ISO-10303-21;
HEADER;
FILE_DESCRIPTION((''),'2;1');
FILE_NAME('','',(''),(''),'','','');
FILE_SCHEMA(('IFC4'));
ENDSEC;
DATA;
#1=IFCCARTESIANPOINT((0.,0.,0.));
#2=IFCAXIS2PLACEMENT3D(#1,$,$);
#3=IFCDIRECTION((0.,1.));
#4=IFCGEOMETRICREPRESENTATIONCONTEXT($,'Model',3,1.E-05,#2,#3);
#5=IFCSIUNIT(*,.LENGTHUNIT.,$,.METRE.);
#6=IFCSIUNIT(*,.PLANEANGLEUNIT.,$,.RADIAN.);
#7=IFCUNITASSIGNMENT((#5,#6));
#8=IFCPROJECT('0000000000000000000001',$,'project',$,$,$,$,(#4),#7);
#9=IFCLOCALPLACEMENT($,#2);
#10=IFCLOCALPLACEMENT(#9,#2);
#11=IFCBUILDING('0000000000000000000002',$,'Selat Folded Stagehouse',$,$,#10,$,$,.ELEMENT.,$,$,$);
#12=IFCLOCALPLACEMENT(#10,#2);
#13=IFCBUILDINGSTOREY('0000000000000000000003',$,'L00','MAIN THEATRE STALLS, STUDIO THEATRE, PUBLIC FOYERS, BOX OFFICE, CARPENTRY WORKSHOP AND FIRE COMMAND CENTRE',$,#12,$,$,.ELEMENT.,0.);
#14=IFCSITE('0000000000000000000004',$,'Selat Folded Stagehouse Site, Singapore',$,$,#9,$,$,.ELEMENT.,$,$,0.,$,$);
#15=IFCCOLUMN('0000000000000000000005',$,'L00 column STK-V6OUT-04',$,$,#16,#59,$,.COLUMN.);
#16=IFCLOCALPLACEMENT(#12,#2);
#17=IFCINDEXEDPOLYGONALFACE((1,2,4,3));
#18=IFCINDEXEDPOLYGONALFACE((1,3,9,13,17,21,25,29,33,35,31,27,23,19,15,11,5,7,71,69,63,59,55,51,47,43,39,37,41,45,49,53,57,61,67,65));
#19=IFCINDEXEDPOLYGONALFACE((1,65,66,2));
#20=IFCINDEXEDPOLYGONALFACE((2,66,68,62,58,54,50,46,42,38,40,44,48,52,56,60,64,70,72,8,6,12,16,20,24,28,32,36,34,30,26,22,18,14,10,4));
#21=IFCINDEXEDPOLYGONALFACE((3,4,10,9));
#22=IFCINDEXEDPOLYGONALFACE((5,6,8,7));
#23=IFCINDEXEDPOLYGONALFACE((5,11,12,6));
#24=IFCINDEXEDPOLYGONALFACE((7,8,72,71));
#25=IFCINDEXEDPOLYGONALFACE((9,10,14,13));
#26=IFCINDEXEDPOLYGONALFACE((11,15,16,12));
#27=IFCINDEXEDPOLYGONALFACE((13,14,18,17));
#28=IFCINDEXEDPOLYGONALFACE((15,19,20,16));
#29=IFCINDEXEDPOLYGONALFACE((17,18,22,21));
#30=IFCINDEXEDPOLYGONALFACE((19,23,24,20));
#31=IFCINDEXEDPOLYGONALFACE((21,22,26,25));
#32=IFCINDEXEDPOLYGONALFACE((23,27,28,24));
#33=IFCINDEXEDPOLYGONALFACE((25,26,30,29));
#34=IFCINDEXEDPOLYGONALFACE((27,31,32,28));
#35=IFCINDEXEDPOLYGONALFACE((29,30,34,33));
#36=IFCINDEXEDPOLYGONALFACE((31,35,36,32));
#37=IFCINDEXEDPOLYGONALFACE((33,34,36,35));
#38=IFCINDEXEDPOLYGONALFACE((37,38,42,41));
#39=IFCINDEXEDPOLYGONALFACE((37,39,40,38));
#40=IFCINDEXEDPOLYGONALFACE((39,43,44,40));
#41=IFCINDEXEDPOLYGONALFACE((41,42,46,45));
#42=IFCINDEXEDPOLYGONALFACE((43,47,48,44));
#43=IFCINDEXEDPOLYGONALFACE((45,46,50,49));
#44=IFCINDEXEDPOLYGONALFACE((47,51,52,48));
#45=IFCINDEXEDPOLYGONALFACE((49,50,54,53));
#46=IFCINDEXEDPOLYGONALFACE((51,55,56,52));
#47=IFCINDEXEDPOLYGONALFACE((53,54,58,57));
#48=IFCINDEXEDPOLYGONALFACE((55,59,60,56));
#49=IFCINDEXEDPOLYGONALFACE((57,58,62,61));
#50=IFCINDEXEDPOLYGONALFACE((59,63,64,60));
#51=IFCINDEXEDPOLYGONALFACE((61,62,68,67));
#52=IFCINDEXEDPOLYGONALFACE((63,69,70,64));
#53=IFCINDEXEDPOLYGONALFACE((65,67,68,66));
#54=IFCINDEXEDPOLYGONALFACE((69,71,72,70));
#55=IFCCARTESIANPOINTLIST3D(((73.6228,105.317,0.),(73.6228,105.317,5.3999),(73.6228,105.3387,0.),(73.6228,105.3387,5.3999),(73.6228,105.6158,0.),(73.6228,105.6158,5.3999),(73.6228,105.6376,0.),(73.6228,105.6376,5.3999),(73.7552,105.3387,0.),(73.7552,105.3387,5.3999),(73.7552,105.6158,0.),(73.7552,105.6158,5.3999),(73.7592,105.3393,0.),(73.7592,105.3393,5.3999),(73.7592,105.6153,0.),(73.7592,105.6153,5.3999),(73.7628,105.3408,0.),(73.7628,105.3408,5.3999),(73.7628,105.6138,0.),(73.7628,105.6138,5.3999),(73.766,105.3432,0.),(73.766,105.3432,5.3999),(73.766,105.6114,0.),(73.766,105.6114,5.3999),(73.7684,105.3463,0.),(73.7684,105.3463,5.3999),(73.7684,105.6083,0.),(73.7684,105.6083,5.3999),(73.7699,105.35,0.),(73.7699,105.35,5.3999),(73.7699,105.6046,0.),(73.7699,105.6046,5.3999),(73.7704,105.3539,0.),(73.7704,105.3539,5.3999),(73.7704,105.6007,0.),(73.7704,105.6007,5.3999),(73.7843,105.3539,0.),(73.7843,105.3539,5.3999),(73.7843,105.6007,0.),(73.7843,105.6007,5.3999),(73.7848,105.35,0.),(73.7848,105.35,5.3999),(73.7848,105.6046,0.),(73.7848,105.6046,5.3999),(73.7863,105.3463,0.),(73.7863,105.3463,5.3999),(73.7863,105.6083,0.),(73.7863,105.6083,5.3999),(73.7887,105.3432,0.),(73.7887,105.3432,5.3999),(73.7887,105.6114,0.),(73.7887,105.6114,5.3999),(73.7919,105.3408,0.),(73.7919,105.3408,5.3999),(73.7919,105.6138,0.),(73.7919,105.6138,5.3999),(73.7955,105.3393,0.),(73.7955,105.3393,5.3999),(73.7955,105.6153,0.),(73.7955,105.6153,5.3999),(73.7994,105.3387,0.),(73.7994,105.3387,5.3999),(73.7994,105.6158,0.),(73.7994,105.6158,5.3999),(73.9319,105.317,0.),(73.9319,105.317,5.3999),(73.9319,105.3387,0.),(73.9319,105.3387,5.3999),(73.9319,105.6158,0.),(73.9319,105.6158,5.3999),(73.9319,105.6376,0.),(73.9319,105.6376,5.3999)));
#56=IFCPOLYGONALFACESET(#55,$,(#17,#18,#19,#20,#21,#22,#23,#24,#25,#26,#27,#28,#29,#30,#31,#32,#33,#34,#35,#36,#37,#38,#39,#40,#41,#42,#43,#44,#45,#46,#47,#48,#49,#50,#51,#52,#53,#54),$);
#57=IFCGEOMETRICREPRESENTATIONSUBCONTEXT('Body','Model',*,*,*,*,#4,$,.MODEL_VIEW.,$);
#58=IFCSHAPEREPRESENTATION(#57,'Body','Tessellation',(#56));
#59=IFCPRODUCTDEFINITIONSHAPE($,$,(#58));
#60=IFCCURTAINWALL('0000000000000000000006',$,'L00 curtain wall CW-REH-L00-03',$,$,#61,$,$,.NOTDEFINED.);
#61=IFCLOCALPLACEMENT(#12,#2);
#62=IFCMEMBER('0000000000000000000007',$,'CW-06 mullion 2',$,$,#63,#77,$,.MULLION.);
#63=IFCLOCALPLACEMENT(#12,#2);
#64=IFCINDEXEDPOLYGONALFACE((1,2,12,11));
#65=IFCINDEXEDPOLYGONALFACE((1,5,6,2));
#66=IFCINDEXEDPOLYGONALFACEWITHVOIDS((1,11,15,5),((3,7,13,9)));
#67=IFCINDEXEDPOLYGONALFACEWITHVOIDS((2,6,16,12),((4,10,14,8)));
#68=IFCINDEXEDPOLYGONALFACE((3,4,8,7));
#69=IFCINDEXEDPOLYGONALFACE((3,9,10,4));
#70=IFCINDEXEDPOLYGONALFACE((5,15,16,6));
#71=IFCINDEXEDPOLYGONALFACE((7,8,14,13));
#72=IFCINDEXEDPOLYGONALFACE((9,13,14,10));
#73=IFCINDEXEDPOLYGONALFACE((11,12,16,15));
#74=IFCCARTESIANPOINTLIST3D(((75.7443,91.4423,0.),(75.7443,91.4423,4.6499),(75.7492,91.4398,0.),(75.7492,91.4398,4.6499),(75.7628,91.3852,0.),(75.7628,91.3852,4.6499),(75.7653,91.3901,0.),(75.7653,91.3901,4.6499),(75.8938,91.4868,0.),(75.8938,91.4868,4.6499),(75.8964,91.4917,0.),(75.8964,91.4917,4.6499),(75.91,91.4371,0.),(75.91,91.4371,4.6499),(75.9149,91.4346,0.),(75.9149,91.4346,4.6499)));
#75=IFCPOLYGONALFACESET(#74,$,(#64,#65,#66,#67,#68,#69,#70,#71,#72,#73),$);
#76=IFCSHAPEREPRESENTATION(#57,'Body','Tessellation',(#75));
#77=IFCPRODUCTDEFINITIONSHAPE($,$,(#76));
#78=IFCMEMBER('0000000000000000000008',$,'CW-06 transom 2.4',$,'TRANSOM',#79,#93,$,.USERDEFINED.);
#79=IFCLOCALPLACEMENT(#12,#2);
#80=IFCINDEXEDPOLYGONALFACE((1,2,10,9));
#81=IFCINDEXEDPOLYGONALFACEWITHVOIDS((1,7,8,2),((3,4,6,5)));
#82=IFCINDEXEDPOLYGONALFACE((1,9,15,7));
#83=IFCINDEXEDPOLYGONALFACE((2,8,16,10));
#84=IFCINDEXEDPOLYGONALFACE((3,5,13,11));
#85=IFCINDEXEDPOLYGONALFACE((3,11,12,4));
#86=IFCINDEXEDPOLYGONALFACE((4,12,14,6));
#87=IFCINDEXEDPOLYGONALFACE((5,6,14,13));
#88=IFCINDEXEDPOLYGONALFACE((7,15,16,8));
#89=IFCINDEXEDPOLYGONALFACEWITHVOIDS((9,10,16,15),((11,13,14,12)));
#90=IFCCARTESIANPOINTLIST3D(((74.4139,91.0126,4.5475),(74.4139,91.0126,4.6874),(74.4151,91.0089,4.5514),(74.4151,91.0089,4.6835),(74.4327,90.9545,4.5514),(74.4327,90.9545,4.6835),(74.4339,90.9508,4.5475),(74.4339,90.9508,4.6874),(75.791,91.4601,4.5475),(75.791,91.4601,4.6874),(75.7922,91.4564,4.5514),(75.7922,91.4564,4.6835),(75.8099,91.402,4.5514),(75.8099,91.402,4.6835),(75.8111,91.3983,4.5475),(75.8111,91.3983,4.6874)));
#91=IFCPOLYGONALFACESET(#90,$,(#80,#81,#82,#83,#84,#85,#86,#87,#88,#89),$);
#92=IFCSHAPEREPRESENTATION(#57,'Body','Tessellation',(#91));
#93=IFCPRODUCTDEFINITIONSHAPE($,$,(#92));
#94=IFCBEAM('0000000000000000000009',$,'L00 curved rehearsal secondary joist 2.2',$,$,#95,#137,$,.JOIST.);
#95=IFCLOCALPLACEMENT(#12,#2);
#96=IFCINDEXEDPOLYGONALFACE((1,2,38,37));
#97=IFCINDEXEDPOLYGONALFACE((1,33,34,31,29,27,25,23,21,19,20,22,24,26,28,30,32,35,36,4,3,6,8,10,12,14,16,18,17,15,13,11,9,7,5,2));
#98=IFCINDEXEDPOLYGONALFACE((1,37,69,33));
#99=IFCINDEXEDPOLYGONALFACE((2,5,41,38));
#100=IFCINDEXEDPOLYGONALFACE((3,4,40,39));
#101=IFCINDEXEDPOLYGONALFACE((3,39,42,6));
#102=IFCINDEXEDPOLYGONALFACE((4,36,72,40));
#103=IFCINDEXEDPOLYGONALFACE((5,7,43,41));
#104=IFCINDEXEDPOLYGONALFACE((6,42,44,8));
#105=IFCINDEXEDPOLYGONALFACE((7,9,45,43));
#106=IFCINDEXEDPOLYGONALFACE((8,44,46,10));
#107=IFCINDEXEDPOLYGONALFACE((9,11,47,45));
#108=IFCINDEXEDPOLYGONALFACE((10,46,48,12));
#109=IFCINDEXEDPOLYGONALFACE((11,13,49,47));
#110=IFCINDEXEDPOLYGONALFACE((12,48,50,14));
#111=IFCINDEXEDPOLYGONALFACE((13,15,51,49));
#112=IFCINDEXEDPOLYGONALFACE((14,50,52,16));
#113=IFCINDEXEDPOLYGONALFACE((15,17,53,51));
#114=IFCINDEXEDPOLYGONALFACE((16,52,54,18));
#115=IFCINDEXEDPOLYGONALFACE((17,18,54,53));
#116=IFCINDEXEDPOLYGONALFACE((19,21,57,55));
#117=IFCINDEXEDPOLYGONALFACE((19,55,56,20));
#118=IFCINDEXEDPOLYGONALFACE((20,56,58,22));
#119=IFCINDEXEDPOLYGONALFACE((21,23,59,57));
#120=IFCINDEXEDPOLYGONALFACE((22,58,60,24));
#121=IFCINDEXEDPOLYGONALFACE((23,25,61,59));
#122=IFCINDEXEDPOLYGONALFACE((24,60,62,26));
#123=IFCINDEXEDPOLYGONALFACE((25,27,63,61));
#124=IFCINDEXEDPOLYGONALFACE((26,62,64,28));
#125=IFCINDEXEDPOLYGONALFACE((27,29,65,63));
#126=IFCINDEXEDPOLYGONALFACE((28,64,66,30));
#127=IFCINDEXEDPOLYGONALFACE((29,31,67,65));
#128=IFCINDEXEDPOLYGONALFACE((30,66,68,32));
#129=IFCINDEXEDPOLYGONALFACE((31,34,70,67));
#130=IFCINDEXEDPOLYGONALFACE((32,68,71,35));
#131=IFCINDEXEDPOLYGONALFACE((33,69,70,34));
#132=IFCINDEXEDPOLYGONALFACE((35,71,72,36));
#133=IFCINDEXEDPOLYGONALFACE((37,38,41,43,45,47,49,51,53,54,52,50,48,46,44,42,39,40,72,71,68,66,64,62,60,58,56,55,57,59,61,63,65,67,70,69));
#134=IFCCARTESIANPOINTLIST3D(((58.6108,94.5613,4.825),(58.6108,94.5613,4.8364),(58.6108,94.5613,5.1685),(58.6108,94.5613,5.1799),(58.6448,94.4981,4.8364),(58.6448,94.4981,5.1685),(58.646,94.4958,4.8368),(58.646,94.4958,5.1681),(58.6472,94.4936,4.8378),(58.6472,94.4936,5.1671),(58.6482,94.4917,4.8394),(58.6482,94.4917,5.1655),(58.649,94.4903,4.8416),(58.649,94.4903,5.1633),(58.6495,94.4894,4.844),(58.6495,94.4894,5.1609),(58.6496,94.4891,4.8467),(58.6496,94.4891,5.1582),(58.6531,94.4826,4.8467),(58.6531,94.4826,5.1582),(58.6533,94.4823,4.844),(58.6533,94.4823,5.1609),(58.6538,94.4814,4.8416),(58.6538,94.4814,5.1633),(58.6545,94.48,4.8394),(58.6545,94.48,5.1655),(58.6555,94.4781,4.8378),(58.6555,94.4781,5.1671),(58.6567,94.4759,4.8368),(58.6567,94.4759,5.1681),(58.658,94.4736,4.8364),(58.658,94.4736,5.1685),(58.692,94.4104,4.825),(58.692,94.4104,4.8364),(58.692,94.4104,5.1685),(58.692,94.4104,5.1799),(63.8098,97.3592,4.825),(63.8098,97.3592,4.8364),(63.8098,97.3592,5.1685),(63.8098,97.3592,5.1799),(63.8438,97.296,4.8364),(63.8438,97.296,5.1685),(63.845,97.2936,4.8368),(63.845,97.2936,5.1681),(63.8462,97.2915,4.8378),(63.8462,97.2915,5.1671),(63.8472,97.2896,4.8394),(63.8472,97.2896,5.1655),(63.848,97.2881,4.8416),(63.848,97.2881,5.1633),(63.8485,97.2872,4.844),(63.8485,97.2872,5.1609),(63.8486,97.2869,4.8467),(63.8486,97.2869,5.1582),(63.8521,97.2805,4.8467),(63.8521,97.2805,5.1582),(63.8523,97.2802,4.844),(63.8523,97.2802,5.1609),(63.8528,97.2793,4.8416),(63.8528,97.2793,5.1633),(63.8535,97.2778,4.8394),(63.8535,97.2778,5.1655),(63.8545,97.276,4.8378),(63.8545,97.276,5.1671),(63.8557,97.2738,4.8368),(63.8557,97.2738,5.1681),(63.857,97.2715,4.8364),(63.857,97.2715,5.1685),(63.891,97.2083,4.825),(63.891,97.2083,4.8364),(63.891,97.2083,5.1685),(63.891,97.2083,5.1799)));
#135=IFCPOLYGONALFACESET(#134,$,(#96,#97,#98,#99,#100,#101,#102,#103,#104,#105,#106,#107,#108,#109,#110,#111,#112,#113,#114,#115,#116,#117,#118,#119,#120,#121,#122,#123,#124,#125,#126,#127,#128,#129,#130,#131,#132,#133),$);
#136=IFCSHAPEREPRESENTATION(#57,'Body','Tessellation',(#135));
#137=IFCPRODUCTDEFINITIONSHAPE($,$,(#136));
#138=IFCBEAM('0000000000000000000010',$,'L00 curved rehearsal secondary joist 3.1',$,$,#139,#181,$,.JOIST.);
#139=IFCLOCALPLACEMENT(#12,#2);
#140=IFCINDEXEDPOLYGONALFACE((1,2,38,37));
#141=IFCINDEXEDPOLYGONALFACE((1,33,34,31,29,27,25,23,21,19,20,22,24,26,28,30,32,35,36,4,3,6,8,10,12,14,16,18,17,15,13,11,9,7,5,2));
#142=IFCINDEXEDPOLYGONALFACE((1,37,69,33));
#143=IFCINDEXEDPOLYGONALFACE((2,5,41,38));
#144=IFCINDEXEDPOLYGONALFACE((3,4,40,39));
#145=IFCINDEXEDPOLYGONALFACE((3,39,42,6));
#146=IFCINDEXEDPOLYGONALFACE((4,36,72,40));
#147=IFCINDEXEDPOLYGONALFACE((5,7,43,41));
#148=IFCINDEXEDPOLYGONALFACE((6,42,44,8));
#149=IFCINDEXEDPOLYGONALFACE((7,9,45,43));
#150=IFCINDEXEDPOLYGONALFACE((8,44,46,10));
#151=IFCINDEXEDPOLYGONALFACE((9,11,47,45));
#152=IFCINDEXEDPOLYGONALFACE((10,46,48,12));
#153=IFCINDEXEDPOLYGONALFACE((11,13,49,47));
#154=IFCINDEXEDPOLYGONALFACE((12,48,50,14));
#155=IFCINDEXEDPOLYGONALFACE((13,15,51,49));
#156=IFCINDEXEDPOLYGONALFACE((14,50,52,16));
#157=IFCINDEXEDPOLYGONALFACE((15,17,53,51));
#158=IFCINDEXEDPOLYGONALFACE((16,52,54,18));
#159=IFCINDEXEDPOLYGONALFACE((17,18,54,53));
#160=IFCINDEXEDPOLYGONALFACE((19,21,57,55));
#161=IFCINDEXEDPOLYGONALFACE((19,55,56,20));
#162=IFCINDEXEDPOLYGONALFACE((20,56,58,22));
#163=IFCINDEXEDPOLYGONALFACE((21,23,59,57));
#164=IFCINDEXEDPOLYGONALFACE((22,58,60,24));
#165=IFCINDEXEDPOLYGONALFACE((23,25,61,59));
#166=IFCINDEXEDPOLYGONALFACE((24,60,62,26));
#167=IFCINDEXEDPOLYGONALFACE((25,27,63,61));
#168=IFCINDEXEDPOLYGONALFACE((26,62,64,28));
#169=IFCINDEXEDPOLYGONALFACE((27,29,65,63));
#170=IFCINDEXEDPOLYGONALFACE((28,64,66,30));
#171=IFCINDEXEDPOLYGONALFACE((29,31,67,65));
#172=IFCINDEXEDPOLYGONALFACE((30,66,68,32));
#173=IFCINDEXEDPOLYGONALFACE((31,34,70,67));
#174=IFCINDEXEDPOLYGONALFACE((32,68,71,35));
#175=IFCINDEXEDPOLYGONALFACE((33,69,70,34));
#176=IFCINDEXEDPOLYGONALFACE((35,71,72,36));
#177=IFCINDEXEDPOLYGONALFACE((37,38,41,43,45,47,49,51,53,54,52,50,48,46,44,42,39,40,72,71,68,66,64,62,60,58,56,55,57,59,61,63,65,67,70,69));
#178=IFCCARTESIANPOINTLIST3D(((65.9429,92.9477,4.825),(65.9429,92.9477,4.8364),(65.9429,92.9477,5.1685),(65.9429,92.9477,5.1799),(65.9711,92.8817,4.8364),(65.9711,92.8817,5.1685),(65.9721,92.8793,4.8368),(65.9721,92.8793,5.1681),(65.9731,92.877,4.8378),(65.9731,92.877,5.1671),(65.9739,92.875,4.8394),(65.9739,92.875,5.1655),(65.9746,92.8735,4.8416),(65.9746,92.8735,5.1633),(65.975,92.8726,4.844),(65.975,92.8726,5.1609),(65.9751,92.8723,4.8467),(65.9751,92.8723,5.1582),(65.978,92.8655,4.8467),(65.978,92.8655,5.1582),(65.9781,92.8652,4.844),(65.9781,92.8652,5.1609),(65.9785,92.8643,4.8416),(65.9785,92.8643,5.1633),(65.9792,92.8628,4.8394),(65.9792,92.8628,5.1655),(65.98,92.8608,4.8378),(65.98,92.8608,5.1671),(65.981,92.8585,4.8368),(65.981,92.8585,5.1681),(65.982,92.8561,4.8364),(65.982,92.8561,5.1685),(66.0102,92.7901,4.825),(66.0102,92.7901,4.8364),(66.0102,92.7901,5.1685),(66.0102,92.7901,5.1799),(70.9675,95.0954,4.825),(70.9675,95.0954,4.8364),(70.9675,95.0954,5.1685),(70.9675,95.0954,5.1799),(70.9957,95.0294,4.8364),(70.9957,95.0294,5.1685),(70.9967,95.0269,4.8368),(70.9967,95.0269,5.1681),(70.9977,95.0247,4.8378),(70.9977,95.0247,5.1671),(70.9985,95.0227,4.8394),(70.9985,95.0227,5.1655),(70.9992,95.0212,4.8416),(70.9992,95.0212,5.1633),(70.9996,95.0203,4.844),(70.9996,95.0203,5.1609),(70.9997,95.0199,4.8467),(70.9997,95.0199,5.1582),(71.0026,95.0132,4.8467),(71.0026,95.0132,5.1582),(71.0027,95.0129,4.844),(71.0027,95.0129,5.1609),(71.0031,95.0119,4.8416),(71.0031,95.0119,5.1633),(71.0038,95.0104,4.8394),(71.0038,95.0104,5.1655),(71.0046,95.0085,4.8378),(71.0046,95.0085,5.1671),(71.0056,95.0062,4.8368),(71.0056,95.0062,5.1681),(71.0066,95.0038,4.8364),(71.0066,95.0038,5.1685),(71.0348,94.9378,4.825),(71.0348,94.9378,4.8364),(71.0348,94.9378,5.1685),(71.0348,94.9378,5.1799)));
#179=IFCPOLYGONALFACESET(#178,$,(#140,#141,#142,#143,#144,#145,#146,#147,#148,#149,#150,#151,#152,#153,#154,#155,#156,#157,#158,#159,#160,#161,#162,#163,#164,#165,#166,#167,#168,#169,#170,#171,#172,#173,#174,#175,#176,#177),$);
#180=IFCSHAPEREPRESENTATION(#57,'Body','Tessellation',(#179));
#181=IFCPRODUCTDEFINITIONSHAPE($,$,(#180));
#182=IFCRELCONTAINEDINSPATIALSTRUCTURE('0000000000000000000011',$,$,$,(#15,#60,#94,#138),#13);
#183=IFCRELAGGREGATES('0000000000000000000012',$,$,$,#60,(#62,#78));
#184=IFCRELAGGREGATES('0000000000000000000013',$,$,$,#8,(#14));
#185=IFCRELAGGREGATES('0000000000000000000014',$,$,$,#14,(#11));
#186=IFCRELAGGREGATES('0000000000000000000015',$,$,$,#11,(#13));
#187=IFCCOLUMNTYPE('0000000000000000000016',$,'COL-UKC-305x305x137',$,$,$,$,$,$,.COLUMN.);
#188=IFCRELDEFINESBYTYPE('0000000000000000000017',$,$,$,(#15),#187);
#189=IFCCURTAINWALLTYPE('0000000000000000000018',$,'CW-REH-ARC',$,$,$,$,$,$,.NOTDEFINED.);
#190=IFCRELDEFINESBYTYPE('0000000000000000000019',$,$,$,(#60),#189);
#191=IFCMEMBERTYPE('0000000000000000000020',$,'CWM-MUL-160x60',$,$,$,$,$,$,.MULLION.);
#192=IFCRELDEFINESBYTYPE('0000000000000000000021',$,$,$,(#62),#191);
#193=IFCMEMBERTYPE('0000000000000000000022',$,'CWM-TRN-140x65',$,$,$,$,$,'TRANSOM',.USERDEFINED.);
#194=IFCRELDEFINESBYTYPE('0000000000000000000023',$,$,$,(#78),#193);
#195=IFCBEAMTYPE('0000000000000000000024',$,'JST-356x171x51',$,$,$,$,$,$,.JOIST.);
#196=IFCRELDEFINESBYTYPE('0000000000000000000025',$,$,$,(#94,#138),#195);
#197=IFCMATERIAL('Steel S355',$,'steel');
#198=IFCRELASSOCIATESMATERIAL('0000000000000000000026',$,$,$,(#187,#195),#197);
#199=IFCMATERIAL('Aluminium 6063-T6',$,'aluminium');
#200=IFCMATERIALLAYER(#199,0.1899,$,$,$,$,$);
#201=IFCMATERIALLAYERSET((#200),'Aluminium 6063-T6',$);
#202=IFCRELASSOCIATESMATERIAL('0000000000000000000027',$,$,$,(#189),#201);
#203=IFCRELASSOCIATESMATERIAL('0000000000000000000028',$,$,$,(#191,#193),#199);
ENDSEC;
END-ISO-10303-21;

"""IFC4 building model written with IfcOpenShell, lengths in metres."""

from ifc_helpers import new_model, si_unit, direction, frame, origin, origin_2d, place, context, subcontext, project, spatial, hollow_rectangle, i_section, extrude, material, layer, layer_set, material_profile, profile_set, type_object, element, aggregate, save


model = new_model("IFC4")

# Units and contexts
model_context = context("Model", 3, precision=1e-05, world=origin(), true_north=direction((0.0, 1.0)))
body_context = subcontext(model_context, "Body", "Model", "MODEL_VIEW")
ifc_project = project(units=[si_unit("LENGTHUNIT", "METRE"), si_unit("PLANEANGLEUNIT", "RADIAN")], contexts=[model_context])

# Site, building, storey
site_placement = place(None, origin())
site = spatial("IfcSite", under=ifc_project, at=site_placement, Name="Selat Folded Stagehouse Site, Singapore", CompositionType="ELEMENT", RefElevation=0.0)
building_placement = place(site_placement, origin())
building = spatial("IfcBuilding", under=site, at=building_placement, Name="Selat Folded Stagehouse", CompositionType="ELEMENT")
storey_placement = place(building_placement, origin())
storey = spatial("IfcBuildingStorey", under=building, at=storey_placement, Name="L00", Description="MAIN THEATRE STALLS, STUDIO THEATRE, PUBLIC FOYERS, BOX OFFICE, CARPENTRY WORKSHOP AND FIRE COMMAND CENTRE", CompositionType="ELEMENT", Elevation=0.0)

# Column
ifc_material_1 = material(Name="Steel S355", Category="steel")
ifc_material_profile_1 = material_profile(ifc_material_1, i_section(OverallWidth=0.3091, OverallDepth=0.3206, WebThickness=0.0139, FlangeThickness=0.0217, FilletRadius=0.0151, at=origin_2d()), Name="UKC 305x305x137")
ifc_profile_set_1 = profile_set([ifc_material_profile_1], Name="Steel S355")
column_type = type_object("IfcColumnType", Name="COL-UKC-305x305x137", PredefinedType="COLUMN", material=ifc_profile_set_1)
for number, where, z_axis, x_axis, name in (
    (1, (73.7773, 105.4773, 0.0), (0.0, 0.0, 1.0), (1.0, 0.0, 0.0), "L00 column STK-V6OUT-04"),
):
    element("IfcColumn", number, at=place(storey_placement, frame(where, z_axis=z_axis, x_axis=x_axis)), inside=storey, type_object=column_type, Name=name, PredefinedType="COLUMN", context=body_context, shape_type="SweptSolid", body=[
        extrude(i_section(OverallWidth=0.3091, OverallDepth=0.3206, WebThickness=0.0139, FlangeThickness=0.0217, FilletRadius=0.0151, at=origin_2d()), origin(), (0.0, 0.0, 1.0), 5.3999),
    ])

# Curtain wall, members
ifc_material_2 = material(Name="Aluminium 6063-T6", Category="aluminium")
ifc_layer_1 = layer(ifc_material_2, 0.1899)
ifc_layer_set_1 = layer_set([ifc_layer_1], Name="Aluminium 6063-T6")
curtain_wall_type = type_object("IfcCurtainWallType", Name="CW-REH-ARC", PredefinedType="NOTDEFINED", material=ifc_layer_set_1)
curtain_wall_placement = place(storey_placement, origin())
curtain_wall = element("IfcCurtainWall", 2, at=curtain_wall_placement, inside=storey, type_object=curtain_wall_type, Name="L00 curtain wall CW-REH-L00-03", PredefinedType="NOTDEFINED")
ifc_material_profile_2 = material_profile(ifc_material_2, hollow_rectangle(XDim=0.0601, YDim=0.1599, WallThickness=0.0039, at=origin_2d()), Name="ALU 160x60x4.0")
ifc_profile_set_2 = profile_set([ifc_material_profile_2], Name="Aluminium 6063-T6")
member_type_1 = type_object("IfcMemberType", Name="CWM-MUL-160x60", PredefinedType="MULLION", material=ifc_profile_set_2)
member_1_placement = place(storey_placement, frame((75.8296, 91.4385, 0.0), z_axis=(0.0, 0.0, 1.0), x_axis=(0.308992, -0.951065, 0.0)))
member_1 = element("IfcMember", 3, at=member_1_placement, type_object=member_type_1, Name="CW-06 mullion 2", PredefinedType="MULLION", context=body_context, shape_type="SweptSolid", body=[
    extrude(hollow_rectangle(XDim=0.0601, YDim=0.1599, WallThickness=0.0039, at=origin_2d()), origin(), (0.0, 0.0, 1.0), 4.6499),
])
ifc_material_profile_3 = material_profile(ifc_material_2, hollow_rectangle(XDim=0.0649, YDim=0.1399, WallThickness=0.0039, at=origin_2d()), Name="ALU 140x65x4.0")
ifc_profile_set_3 = profile_set([ifc_material_profile_3], Name="Aluminium 6063-T6")
member_type_2 = type_object("IfcMemberType", Name="CWM-TRN-140x65", ElementType="TRANSOM", PredefinedType="USERDEFINED", material=ifc_profile_set_3)
member_2_placement = place(storey_placement, frame((75.801, 91.4292, 4.6174), z_axis=(-0.95105, -0.309037, 0.0), x_axis=(0.309037, -0.95105, 0.0)))
member_2 = element("IfcMember", 4, at=member_2_placement, type_object=member_type_2, Name="CW-06 transom 2.4", ObjectType="TRANSOM", PredefinedType="USERDEFINED", context=body_context, shape_type="SweptSolid", body=[
    extrude(hollow_rectangle(XDim=0.0649, YDim=0.1399, WallThickness=0.0039, at=origin_2d()), origin(), (0.0, 0.0, 1.0), 1.448),
])

# Beams
ifc_material_profile_4 = material_profile(ifc_material_1, i_section(OverallWidth=0.1714, OverallDepth=0.355, WebThickness=0.0073, FlangeThickness=0.0115, FilletRadius=0.0103, at=origin_2d()), Name="UKB 356x171x51")
ifc_profile_set_4 = profile_set([ifc_material_profile_4], Name="Steel S355")
beam_type_1 = type_object("IfcBeamType", Name="JST-356x171x51", PredefinedType="JOIST", material=ifc_profile_set_4)
beam_1_placement = place(storey_placement, frame((58.6514, 94.4858, 5.0024), z_axis=(0.880584, 0.47389, 0.0), x_axis=(-0.47389, 0.880584, 0.0)))
element("IfcBeam", 5, at=beam_1_placement, inside=storey, type_object=beam_type_1, Name="L00 curved rehearsal secondary joist 2.2", PredefinedType="JOIST", context=body_context, shape_type="SweptSolid", body=[
    extrude(i_section(OverallWidth=0.1714, OverallDepth=0.355, WebThickness=0.0073, FlangeThickness=0.0115, FilletRadius=0.0103, at=origin_2d()), origin(), (0.0, 0.0, 1.0), 5.9041),
])
beam_2_placement = place(storey_placement, frame((65.9766, 92.8689, 5.0024), z_axis=(0.919524, 0.393035, 0.0), x_axis=(-0.393035, 0.919524, 0.0)))
element("IfcBeam", 6, at=beam_2_placement, inside=storey, type_object=beam_type_1, Name="L00 curved rehearsal secondary joist 3.1", PredefinedType="JOIST", context=body_context, shape_type="SweptSolid", body=[
    extrude(i_section(OverallWidth=0.1714, OverallDepth=0.355, WebThickness=0.0073, FlangeThickness=0.0115, FilletRadius=0.0103, at=origin_2d()), origin(), (0.0, 0.0, 1.0), 5.4644),
])

aggregate(curtain_wall, [member_1, member_2])

save(model, "model.ifc")
